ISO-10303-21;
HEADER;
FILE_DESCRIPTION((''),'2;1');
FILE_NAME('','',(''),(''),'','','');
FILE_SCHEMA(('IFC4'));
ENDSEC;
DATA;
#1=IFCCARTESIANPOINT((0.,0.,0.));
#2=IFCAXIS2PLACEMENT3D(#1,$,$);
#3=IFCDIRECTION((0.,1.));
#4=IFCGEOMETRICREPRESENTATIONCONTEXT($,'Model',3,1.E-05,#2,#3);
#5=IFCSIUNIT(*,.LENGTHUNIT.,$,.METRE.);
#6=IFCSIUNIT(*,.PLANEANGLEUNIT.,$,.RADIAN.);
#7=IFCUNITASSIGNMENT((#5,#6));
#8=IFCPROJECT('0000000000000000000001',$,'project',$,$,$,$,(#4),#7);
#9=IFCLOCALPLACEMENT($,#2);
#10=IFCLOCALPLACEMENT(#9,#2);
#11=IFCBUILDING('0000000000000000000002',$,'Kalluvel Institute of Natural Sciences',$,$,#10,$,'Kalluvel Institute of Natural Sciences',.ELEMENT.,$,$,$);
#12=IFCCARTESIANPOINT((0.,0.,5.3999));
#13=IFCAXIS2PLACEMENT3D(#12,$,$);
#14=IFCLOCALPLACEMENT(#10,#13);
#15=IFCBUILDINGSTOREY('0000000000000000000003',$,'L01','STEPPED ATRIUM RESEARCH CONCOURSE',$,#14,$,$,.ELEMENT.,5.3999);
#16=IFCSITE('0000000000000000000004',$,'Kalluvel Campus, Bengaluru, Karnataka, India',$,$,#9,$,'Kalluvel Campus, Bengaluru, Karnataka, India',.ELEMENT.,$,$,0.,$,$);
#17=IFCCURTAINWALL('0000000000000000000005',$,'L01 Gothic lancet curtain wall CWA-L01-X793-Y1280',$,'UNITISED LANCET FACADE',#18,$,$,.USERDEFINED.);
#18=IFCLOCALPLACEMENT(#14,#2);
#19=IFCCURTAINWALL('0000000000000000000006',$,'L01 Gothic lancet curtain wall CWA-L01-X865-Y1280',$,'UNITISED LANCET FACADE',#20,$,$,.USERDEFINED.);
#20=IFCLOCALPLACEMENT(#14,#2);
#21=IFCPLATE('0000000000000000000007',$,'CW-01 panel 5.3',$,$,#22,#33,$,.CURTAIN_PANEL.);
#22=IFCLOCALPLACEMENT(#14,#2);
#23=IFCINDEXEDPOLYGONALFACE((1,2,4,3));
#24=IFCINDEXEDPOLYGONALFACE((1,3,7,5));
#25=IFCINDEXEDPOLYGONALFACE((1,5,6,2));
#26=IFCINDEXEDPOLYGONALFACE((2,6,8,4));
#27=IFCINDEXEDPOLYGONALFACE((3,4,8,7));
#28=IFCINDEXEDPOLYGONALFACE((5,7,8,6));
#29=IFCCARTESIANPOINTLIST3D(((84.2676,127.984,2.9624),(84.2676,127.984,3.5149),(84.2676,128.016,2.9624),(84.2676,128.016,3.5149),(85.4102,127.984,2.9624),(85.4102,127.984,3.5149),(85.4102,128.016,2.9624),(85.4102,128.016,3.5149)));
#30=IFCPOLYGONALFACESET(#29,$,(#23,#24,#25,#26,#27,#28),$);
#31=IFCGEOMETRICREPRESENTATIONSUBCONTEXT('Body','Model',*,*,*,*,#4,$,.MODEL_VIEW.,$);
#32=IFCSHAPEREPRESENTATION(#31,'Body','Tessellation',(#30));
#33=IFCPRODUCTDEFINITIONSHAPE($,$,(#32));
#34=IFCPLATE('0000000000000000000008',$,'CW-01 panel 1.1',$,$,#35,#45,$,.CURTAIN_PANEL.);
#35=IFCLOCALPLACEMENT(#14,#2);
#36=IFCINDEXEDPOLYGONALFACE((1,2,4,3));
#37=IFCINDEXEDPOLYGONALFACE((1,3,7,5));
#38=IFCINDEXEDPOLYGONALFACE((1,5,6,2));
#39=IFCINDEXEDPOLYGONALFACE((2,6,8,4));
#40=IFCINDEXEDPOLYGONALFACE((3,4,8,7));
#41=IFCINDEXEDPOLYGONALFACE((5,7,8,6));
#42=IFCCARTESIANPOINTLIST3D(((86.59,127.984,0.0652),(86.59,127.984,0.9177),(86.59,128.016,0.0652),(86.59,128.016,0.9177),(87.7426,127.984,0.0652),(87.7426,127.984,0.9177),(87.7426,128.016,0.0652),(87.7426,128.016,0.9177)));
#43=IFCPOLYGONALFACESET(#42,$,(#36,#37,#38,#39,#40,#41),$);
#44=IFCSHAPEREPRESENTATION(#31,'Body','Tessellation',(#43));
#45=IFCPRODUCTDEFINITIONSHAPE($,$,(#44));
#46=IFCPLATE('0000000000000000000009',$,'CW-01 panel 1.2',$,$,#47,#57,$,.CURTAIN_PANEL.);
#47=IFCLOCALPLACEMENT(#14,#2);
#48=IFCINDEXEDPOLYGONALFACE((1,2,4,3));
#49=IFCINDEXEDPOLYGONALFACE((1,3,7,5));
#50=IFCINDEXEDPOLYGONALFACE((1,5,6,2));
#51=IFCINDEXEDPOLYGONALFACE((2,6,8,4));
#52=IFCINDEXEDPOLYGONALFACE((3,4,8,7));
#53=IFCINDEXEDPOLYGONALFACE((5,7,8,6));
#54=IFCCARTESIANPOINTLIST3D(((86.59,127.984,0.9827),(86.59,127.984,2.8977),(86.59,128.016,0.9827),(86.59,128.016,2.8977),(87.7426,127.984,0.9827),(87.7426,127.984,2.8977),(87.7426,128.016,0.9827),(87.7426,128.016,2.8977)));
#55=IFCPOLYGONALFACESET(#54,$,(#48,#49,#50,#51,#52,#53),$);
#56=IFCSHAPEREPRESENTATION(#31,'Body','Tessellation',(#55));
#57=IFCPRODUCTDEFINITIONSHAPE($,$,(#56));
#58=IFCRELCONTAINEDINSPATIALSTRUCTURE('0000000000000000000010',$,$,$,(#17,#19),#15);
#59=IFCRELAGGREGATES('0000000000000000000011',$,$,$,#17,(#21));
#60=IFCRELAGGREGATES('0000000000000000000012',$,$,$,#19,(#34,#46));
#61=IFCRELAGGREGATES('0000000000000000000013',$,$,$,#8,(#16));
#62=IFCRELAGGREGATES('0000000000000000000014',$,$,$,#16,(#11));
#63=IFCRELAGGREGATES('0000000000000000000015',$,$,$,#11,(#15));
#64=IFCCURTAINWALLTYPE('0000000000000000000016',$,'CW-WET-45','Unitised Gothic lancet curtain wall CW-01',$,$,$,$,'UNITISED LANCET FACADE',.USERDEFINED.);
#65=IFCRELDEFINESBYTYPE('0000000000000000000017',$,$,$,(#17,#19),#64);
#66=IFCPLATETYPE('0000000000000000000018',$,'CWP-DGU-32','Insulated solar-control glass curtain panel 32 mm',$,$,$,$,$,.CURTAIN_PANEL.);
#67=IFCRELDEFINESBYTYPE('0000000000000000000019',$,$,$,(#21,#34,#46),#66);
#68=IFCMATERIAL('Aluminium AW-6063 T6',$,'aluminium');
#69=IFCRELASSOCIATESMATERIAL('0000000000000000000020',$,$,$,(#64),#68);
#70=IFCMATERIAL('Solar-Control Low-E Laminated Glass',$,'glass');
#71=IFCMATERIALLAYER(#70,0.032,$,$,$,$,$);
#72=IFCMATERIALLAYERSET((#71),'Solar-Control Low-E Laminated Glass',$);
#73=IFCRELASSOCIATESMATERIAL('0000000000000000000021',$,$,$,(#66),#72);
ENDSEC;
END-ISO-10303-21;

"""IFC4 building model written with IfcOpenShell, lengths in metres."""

from ifc_helpers import new_model, si_unit, direction, frame, origin, origin_2d, place, context, subcontext, project, spatial, rectangle, extrude, material, layer, layer_set, type_object, element, aggregate, save


model = new_model("IFC4")

# Units and contexts
model_context = context("Model", 3, precision=1e-05, world=origin(), true_north=direction((0.0, 1.0)))
body_context = subcontext(model_context, "Body", "Model", "MODEL_VIEW")
ifc_project = project(units=[si_unit("LENGTHUNIT", "METRE"), si_unit("PLANEANGLEUNIT", "RADIAN")], contexts=[model_context])

# Site, building, storey
site_placement = place(None, origin())
site = spatial("IfcSite", under=ifc_project, at=site_placement, Name="Kalluvel Campus, Bengaluru, Karnataka, India", LongName="Kalluvel Campus, Bengaluru, Karnataka, India", CompositionType="ELEMENT", RefElevation=0.0)
building_placement = place(site_placement, origin())
building = spatial("IfcBuilding", under=site, at=building_placement, Name="Kalluvel Institute of Natural Sciences", LongName="Kalluvel Institute of Natural Sciences", CompositionType="ELEMENT")
storey_placement = place(building_placement, frame((0.0, 0.0, 5.3999)))
storey = spatial("IfcBuildingStorey", under=building, at=storey_placement, Name="L01", Description="STEPPED ATRIUM RESEARCH CONCOURSE", CompositionType="ELEMENT", Elevation=5.3999)

# Curtain wall
ifc_material_1 = material(Name="Aluminium AW-6063 T6", Category="aluminium")
curtain_wall_type = type_object("IfcCurtainWallType", Name="CW-WET-45", Description="Unitised Gothic lancet curtain wall CW-01", ElementType="UNITISED LANCET FACADE", PredefinedType="USERDEFINED", material=ifc_material_1)
curtain_wall_1_placement = place(storey_placement, origin())
curtain_wall_1 = element("IfcCurtainWall", 1, at=curtain_wall_1_placement, inside=storey, type_object=curtain_wall_type, Name="L01 Gothic lancet curtain wall CWA-L01-X793-Y1280", ObjectType="UNITISED LANCET FACADE", PredefinedType="USERDEFINED")

# Curtain wall
curtain_wall_2_placement = place(storey_placement, origin())
curtain_wall_2 = element("IfcCurtainWall", 2, at=curtain_wall_2_placement, inside=storey, type_object=curtain_wall_type, Name="L01 Gothic lancet curtain wall CWA-L01-X865-Y1280", ObjectType="UNITISED LANCET FACADE", PredefinedType="USERDEFINED")

# Plates
ifc_material_2 = material(Name="Solar-Control Low-E Laminated Glass", Category="glass")
ifc_layer = layer(ifc_material_2, 0.032)
ifc_layer_set = layer_set([ifc_layer], Name="Solar-Control Low-E Laminated Glass")
plate_type = type_object("IfcPlateType", Name="CWP-DGU-32", Description="Insulated solar-control glass curtain panel 32 mm", PredefinedType="CURTAIN_PANEL", material=ifc_layer_set)
plate_1_placement = place(storey_placement, frame((84.8389, 128.0, 2.9624), z_axis=(0.0, 0.0, 1.0), x_axis=(1.0, 0.0, 0.0)))
plate_1 = element("IfcPlate", 3, at=plate_1_placement, type_object=plate_type, Name="CW-01 panel 5.3", PredefinedType="CURTAIN_PANEL", context=body_context, shape_type="SweptSolid", body=[
    extrude(rectangle(XDim=1.1426, YDim=0.032, at=origin_2d()), origin(), (0.0, 0.0, 1.0), 0.5525),
])
aggregate(curtain_wall_1, [plate_1])
plate_2_placement = place(storey_placement, frame((87.1663, 128.0, 0.0652), z_axis=(0.0, 0.0, 1.0), x_axis=(1.0, 0.0, 0.0)))
plate_2 = element("IfcPlate", 4, at=plate_2_placement, type_object=plate_type, Name="CW-01 panel 1.1", PredefinedType="CURTAIN_PANEL", context=body_context, shape_type="SweptSolid", body=[
    extrude(rectangle(XDim=1.1526, YDim=0.032, at=origin_2d()), origin(), (0.0, 0.0, 1.0), 0.8525),
])
plate_3_placement = place(storey_placement, frame((87.1663, 128.0, 0.9827), z_axis=(0.0, 0.0, 1.0), x_axis=(1.0, 0.0, 0.0)))
plate_3 = element("IfcPlate", 5, at=plate_3_placement, type_object=plate_type, Name="CW-01 panel 1.2", PredefinedType="CURTAIN_PANEL", context=body_context, shape_type="SweptSolid", body=[
    extrude(rectangle(XDim=1.1526, YDim=0.032, at=origin_2d()), origin(), (0.0, 0.0, 1.0), 1.915),
])
aggregate(curtain_wall_2, [plate_2, plate_3])

save(model, "model.ifc")
